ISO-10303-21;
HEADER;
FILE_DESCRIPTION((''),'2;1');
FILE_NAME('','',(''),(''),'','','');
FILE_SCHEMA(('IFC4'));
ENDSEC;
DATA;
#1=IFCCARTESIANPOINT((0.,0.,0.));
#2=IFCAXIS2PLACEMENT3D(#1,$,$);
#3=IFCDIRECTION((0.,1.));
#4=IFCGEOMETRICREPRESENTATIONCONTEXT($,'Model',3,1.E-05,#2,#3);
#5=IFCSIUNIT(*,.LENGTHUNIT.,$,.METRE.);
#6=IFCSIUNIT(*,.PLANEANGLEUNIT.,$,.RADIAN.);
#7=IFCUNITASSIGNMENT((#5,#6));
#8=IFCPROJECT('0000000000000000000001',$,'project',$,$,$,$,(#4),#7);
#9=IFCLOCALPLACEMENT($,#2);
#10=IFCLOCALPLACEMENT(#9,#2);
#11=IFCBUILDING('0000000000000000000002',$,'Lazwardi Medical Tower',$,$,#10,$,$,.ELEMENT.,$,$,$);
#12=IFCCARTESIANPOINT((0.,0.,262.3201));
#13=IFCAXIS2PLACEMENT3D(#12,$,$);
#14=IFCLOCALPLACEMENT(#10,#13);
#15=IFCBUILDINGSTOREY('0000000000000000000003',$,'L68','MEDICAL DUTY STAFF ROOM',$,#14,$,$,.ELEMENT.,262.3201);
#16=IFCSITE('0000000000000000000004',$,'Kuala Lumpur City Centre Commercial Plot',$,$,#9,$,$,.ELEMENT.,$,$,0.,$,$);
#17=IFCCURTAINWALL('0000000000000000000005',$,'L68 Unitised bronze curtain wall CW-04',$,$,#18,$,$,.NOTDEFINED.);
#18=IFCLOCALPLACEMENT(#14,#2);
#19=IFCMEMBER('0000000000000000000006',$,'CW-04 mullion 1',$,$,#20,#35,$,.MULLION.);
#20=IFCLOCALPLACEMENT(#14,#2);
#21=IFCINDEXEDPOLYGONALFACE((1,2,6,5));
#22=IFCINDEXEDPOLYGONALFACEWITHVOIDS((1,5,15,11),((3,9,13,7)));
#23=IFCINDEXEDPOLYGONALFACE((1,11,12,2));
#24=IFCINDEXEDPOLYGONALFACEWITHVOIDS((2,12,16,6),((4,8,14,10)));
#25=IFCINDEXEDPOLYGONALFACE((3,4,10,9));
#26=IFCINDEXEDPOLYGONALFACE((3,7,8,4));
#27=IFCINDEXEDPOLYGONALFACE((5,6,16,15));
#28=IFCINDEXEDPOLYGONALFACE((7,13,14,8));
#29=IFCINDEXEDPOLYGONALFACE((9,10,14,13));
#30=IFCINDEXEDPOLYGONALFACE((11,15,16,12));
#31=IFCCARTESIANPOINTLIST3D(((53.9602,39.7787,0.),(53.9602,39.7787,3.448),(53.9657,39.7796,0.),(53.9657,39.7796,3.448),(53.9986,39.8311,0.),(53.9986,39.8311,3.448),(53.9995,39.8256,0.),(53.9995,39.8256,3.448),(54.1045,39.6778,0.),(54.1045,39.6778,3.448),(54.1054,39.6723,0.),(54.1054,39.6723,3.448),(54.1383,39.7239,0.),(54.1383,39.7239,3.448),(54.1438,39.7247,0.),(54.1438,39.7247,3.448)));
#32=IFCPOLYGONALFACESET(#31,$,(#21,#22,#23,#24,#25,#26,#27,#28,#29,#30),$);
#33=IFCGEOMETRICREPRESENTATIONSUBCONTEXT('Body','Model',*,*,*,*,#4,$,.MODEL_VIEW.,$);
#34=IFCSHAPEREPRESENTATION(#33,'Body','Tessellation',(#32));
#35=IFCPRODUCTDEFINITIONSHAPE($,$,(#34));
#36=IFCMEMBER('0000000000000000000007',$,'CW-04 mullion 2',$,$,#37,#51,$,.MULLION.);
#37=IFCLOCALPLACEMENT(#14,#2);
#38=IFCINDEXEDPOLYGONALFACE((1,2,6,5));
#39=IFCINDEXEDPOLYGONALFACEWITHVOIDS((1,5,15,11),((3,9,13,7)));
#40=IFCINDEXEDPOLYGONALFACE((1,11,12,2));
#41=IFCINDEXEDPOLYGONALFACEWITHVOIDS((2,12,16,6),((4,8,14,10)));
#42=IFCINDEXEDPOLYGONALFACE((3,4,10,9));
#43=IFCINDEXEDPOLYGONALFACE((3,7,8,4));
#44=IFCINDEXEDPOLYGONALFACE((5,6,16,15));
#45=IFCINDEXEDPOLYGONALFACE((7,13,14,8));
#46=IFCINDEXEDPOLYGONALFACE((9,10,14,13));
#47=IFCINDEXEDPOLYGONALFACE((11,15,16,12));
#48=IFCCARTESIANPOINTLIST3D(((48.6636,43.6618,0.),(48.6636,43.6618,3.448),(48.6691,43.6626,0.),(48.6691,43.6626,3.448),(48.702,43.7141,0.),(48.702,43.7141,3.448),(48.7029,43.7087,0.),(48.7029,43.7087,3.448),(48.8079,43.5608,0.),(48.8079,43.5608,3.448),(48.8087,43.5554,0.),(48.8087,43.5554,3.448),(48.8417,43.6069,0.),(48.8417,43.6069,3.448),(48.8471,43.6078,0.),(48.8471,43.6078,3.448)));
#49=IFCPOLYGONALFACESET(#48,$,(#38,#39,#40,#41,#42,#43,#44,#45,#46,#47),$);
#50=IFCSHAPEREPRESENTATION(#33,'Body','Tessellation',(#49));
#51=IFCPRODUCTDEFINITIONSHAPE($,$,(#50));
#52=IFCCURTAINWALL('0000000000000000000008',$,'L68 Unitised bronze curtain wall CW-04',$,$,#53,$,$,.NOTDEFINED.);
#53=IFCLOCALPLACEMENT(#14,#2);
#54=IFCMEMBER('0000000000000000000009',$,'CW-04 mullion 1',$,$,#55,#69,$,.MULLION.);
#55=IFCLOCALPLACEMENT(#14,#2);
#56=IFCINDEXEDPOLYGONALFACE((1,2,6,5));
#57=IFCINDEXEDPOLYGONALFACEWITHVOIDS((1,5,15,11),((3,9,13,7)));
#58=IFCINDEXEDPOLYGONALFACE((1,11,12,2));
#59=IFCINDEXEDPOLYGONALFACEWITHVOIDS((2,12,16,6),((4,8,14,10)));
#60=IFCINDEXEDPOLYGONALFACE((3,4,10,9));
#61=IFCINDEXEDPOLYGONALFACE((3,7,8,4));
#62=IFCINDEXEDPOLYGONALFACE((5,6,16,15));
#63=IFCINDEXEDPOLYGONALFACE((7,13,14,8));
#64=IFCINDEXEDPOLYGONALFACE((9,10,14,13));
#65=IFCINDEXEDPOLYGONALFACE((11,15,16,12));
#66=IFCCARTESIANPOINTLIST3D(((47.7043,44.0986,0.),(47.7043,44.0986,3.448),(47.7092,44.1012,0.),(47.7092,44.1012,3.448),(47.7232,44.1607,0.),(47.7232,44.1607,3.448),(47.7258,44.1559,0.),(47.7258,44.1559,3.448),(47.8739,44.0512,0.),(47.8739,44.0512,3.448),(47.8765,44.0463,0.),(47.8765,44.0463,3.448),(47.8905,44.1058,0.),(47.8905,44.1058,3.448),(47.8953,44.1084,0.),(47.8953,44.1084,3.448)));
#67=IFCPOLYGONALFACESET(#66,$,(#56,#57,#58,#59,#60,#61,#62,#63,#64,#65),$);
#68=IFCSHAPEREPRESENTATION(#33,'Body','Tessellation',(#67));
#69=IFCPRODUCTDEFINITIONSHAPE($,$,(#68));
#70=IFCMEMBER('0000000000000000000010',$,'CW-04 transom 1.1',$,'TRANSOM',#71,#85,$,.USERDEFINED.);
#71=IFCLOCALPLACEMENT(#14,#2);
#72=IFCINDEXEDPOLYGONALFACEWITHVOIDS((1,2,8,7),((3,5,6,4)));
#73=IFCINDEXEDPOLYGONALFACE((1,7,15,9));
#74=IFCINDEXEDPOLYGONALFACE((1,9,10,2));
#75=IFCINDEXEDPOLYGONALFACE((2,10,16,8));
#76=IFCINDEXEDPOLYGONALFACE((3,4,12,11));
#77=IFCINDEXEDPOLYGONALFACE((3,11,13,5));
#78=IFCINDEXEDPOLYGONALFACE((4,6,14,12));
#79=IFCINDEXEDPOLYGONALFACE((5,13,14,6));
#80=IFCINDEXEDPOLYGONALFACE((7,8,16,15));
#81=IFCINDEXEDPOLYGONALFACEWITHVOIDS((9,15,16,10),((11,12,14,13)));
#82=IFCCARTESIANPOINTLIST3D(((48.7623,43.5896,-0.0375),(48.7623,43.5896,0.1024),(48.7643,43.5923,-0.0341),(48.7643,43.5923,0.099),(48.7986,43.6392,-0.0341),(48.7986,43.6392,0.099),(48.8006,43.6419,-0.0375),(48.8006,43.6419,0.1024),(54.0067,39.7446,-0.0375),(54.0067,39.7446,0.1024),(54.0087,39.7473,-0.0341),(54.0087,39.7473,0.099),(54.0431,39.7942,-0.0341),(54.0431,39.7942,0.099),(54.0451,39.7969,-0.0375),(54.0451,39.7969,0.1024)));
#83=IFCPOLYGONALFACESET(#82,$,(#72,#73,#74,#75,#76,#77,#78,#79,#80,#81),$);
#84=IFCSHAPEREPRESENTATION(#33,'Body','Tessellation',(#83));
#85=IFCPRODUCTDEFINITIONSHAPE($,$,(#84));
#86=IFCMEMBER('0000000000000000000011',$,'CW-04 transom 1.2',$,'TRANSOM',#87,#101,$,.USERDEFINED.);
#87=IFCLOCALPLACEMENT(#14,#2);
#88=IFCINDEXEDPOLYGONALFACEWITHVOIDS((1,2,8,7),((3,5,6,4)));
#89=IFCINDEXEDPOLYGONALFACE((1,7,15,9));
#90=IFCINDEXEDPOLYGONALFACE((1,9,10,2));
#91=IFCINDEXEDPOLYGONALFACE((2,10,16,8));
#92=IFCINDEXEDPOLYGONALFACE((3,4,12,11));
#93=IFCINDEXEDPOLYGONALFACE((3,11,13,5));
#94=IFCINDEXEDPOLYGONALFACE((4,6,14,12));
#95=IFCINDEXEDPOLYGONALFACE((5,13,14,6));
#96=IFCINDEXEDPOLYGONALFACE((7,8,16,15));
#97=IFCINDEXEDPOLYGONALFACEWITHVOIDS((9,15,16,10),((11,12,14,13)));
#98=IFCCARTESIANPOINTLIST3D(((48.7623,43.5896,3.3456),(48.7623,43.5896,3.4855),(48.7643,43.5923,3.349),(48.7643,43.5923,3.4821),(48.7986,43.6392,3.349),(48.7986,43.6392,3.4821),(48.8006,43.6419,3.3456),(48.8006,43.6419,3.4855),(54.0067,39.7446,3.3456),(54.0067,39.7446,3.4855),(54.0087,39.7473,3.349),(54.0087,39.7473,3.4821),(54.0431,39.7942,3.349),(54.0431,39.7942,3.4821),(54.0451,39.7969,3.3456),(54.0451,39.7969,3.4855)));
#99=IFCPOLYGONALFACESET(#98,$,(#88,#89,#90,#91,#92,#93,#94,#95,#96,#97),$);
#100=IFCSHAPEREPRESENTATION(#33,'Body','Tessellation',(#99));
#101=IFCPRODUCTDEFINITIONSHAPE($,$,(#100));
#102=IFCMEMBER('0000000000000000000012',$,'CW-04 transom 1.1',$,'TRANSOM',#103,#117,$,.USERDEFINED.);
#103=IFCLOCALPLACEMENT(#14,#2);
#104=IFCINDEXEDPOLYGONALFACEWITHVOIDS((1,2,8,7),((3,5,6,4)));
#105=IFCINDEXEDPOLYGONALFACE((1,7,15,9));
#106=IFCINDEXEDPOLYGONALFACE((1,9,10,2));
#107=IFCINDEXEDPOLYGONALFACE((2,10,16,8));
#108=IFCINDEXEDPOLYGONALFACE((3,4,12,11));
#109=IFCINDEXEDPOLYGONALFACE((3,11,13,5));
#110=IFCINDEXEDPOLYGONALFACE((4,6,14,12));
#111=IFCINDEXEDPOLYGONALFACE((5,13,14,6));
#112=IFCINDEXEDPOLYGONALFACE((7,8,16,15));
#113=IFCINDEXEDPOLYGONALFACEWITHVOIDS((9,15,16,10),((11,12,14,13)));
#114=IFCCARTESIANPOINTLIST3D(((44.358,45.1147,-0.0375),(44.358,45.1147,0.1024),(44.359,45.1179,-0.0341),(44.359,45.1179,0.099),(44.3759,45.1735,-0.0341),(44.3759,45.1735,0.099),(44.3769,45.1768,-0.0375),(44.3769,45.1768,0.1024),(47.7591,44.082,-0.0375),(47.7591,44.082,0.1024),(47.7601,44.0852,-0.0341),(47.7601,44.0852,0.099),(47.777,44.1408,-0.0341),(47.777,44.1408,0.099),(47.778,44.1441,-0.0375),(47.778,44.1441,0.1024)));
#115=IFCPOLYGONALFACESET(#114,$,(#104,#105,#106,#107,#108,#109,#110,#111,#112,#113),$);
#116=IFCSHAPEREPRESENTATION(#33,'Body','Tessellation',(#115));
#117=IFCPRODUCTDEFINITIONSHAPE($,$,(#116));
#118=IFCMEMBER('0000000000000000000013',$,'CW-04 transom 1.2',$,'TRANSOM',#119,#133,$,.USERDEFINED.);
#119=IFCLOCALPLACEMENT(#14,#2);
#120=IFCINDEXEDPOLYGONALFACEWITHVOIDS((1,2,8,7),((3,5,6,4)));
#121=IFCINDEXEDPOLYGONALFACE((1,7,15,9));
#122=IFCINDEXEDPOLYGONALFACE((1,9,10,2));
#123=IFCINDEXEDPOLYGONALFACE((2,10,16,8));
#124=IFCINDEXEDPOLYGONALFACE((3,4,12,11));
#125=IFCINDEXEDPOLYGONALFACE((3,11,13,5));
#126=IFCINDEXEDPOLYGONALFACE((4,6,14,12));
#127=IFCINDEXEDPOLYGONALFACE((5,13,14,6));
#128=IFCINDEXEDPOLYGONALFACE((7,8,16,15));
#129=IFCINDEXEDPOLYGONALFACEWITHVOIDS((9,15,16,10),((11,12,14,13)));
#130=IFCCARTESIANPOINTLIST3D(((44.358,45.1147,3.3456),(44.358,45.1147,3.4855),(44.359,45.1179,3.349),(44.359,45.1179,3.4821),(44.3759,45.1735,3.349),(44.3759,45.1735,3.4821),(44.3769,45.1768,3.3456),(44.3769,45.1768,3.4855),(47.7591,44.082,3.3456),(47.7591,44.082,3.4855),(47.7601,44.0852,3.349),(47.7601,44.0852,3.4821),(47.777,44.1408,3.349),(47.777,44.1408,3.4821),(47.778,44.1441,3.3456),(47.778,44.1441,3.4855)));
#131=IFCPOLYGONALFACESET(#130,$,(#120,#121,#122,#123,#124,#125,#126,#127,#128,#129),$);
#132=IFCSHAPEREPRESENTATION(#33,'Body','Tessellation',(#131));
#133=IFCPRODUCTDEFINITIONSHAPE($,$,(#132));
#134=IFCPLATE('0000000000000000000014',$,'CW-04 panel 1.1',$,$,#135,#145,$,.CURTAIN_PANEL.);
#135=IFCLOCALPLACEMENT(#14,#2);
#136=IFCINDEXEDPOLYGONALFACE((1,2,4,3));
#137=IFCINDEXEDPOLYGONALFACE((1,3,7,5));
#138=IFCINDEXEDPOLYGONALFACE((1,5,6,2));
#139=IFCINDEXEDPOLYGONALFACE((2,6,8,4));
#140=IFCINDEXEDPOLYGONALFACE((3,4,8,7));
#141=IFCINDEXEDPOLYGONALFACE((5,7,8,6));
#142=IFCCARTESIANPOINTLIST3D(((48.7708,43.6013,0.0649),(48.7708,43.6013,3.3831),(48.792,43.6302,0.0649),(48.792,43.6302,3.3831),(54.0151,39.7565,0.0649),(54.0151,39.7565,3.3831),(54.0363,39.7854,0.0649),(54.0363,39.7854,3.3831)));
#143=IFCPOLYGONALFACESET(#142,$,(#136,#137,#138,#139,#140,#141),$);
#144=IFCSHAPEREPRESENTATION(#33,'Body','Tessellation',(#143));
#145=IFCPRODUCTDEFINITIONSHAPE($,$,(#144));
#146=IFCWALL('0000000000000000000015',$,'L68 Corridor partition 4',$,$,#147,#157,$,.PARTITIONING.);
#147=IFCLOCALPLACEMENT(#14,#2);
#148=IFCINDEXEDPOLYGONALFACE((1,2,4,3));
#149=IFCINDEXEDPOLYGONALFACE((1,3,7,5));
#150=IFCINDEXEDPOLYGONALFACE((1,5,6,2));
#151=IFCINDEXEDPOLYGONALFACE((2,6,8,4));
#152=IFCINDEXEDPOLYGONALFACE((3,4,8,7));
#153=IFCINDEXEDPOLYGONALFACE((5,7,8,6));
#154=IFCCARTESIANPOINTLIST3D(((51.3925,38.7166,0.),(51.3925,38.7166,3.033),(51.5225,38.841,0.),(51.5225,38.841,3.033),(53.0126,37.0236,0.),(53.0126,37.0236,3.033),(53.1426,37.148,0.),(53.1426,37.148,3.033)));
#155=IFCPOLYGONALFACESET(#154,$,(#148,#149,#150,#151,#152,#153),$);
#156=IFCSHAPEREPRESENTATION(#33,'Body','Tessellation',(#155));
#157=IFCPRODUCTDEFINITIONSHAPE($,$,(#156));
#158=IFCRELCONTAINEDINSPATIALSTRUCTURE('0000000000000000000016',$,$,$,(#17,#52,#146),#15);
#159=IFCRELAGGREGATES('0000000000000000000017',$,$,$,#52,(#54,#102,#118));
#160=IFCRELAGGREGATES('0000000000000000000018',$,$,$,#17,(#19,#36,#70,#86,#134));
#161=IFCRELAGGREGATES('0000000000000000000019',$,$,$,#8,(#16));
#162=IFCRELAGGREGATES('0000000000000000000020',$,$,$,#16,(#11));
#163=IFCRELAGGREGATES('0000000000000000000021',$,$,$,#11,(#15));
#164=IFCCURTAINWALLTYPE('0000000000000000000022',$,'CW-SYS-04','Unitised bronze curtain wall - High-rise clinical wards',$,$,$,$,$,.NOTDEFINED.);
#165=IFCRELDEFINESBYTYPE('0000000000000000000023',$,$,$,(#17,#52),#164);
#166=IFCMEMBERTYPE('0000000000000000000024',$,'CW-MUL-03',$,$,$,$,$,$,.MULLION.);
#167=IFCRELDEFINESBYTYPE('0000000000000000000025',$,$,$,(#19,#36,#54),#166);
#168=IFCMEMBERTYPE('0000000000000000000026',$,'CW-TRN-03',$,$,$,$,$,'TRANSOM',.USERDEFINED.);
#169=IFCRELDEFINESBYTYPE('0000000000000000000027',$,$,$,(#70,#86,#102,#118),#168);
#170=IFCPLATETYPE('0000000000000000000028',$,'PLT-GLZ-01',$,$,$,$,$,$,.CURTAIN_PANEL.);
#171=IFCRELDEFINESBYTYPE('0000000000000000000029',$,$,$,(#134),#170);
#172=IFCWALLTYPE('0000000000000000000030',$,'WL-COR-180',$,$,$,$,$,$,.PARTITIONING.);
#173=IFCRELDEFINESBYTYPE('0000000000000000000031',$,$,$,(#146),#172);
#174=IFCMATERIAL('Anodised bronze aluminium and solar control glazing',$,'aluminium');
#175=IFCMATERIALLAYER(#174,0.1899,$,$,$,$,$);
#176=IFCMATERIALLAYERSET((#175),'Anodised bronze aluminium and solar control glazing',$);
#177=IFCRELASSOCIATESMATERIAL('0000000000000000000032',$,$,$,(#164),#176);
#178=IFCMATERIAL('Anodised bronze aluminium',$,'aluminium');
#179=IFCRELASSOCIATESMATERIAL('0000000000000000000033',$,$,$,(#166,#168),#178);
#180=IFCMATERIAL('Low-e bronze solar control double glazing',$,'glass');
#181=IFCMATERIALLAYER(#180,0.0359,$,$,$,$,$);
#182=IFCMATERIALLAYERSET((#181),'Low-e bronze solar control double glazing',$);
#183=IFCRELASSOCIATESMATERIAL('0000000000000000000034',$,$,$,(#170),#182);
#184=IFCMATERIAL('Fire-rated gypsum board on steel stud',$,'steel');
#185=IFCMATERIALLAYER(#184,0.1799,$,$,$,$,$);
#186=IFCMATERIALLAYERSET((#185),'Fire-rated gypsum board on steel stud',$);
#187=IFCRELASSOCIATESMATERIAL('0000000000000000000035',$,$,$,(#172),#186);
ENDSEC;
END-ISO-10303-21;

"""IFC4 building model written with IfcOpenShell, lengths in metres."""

from ifc_helpers import new_model, si_unit, direction, frame, frame_2d, origin, origin_2d, place, context, subcontext, project, spatial, rectangle, hollow_rectangle, extrude, material, layer, layer_set, material_profile, profile_set, type_object, element, aggregate, save


model = new_model("IFC4")

# Units and contexts
model_context = context("Model", 3, precision=1e-05, world=origin(), true_north=direction((0.0, 1.0)))
body_context = subcontext(model_context, "Body", "Model", "MODEL_VIEW")
ifc_project = project(units=[si_unit("LENGTHUNIT", "METRE"), si_unit("PLANEANGLEUNIT", "RADIAN")], contexts=[model_context])

# Site, building, storey
site_placement = place(None, origin())
site = spatial("IfcSite", under=ifc_project, at=site_placement, Name="Kuala Lumpur City Centre Commercial Plot", CompositionType="ELEMENT", RefElevation=0.0)
building_placement = place(site_placement, origin())
building = spatial("IfcBuilding", under=site, at=building_placement, Name="Lazwardi Medical Tower", CompositionType="ELEMENT")
storey_placement = place(building_placement, frame((0.0, 0.0, 262.3201)))
storey = spatial("IfcBuildingStorey", under=building, at=storey_placement, Name="L68", Description="MEDICAL DUTY STAFF ROOM", CompositionType="ELEMENT", Elevation=262.3201)

# Shared definitions
ifc_material_1 = material(Name="Anodised bronze aluminium and solar control glazing", Category="aluminium")
ifc_layer_1 = layer(ifc_material_1, 0.1899)
ifc_layer_set_1 = layer_set([ifc_layer_1], Name="Anodised bronze aluminium and solar control glazing")
curtain_wall_type = type_object("IfcCurtainWallType", Name="CW-SYS-04", Description="Unitised bronze curtain wall - High-rise clinical wards", PredefinedType="NOTDEFINED", material=ifc_layer_set_1)
ifc_material_2 = material(Name="Anodised bronze aluminium", Category="aluminium")
ifc_material_profile_1 = material_profile(ifc_material_2, hollow_rectangle(XDim=0.0649, YDim=0.1799, WallThickness=0.0039, at=origin_2d()), Name="ALU-MULLION 180x65x4")
ifc_profile_set_1 = profile_set([ifc_material_profile_1], Name="Anodised bronze aluminium")
member_type_1 = type_object("IfcMemberType", Name="CW-MUL-03", PredefinedType="MULLION", material=ifc_profile_set_1)

# Curtain wall, members
curtain_wall_1_placement = place(storey_placement, origin())
curtain_wall_1 = element("IfcCurtainWall", 1, at=curtain_wall_1_placement, inside=storey, type_object=curtain_wall_type, Name="L68 Unitised bronze curtain wall CW-04", PredefinedType="NOTDEFINED")
member_1_placement = place(storey_placement, frame((54.052, 39.7517, 0.0), z_axis=(0.0, 0.0, 1.0), x_axis=(-0.591268, -0.806475, 0.0)))
member_1 = element("IfcMember", 2, at=member_1_placement, type_object=member_type_1, Name="CW-04 mullion 1", PredefinedType="MULLION", context=body_context, shape_type="SweptSolid", body=[
    extrude(hollow_rectangle(XDim=0.0649, YDim=0.1799, WallThickness=0.0039, at=origin_2d()), origin(), (0.0, 0.0, 1.0), 3.448),
])
member_2_placement = place(storey_placement, frame((48.7554, 43.6348, 0.0), z_axis=(0.0, 0.0, 1.0), x_axis=(-0.591268, -0.806475, 0.0)))
member_2 = element("IfcMember", 3, at=member_2_placement, type_object=member_type_1, Name="CW-04 mullion 2", PredefinedType="MULLION", context=body_context, shape_type="SweptSolid", body=[
    extrude(hollow_rectangle(XDim=0.0649, YDim=0.1799, WallThickness=0.0039, at=origin_2d()), origin(), (0.0, 0.0, 1.0), 3.448),
])

# Curtain wall, member
curtain_wall_2_placement = place(storey_placement, origin())
curtain_wall_2 = element("IfcCurtainWall", 4, at=curtain_wall_2_placement, inside=storey, type_object=curtain_wall_type, Name="L68 Unitised bronze curtain wall CW-04", PredefinedType="NOTDEFINED")
member_3_placement = place(storey_placement, frame((47.7998, 44.1035, 0.0), z_axis=(0.0, 0.0, 1.0), x_axis=(-0.290582, -0.95685, 0.0)))
member_3 = element("IfcMember", 5, at=member_3_placement, type_object=member_type_1, Name="CW-04 mullion 1", PredefinedType="MULLION", context=body_context, shape_type="SweptSolid", body=[
    extrude(hollow_rectangle(XDim=0.0649, YDim=0.1799, WallThickness=0.0039, at=origin_2d()), origin(), (0.0, 0.0, 1.0), 3.448),
])

# Members
ifc_material_profile_2 = material_profile(ifc_material_2, hollow_rectangle(XDim=0.0649, YDim=0.1399, WallThickness=0.0034, at=origin_2d()), Name="ALU-TRANSOM 140x65x3.5")
ifc_profile_set_2 = profile_set([ifc_material_profile_2], Name="Anodised bronze aluminium")
member_type_2 = type_object("IfcMemberType", Name="CW-TRN-03", ElementType="TRANSOM", PredefinedType="USERDEFINED", material=ifc_profile_set_2)
member_4_placement = place(storey_placement, frame((54.0259, 39.7708, 0.0325), z_axis=(-0.806472, 0.591273, 0.0), x_axis=(-0.591273, -0.806472, 0.0)))
member_4 = element("IfcMember", 6, at=member_4_placement, type_object=member_type_2, Name="CW-04 transom 1.1", ObjectType="TRANSOM", PredefinedType="USERDEFINED", context=body_context, shape_type="SweptSolid", body=[
    extrude(hollow_rectangle(XDim=0.0649, YDim=0.1399, WallThickness=0.0034, at=origin_2d()), origin(), (0.0, 0.0, 1.0), 6.5029),
])
member_5_placement = place(storey_placement, frame((54.0259, 39.7708, 3.4155), z_axis=(-0.806472, 0.591273, 0.0), x_axis=(-0.591273, -0.806472, 0.0)))
member_5 = element("IfcMember", 7, at=member_5_placement, type_object=member_type_2, Name="CW-04 transom 1.2", ObjectType="TRANSOM", PredefinedType="USERDEFINED", context=body_context, shape_type="SweptSolid", body=[
    extrude(hollow_rectangle(XDim=0.0649, YDim=0.1399, WallThickness=0.0034, at=origin_2d()), origin(), (0.0, 0.0, 1.0), 6.5029),
])
member_6_placement = place(storey_placement, frame((47.7686, 44.113, 0.0325), z_axis=(-0.956863, 0.290541, 0.0), x_axis=(-0.290541, -0.956863, 0.0)))
member_6 = element("IfcMember", 8, at=member_6_placement, type_object=member_type_2, Name="CW-04 transom 1.1", ObjectType="TRANSOM", PredefinedType="USERDEFINED", context=body_context, shape_type="SweptSolid", body=[
    extrude(hollow_rectangle(XDim=0.0649, YDim=0.1399, WallThickness=0.0034, at=origin_2d()), origin(), (0.0, 0.0, 1.0), 3.5544),
])
member_7_placement = place(storey_placement, frame((47.7686, 44.113, 3.4155), z_axis=(-0.956863, 0.290541, 0.0), x_axis=(-0.290541, -0.956863, 0.0)))
member_7 = element("IfcMember", 9, at=member_7_placement, type_object=member_type_2, Name="CW-04 transom 1.2", ObjectType="TRANSOM", PredefinedType="USERDEFINED", context=body_context, shape_type="SweptSolid", body=[
    extrude(hollow_rectangle(XDim=0.0649, YDim=0.1399, WallThickness=0.0034, at=origin_2d()), origin(), (0.0, 0.0, 1.0), 3.5544),
])
aggregate(curtain_wall_2, [member_3, member_6, member_7])

# Plate
ifc_material_3 = material(Name="Low-e bronze solar control double glazing", Category="glass")
ifc_layer_2 = layer(ifc_material_3, 0.0359)
ifc_layer_set_2 = layer_set([ifc_layer_2], Name="Low-e bronze solar control double glazing")
plate_type = type_object("IfcPlateType", Name="PLT-GLZ-01", PredefinedType="CURTAIN_PANEL", material=ifc_layer_set_2)
plate_placement = place(storey_placement, frame((51.4036, 41.6934, 0.0649), z_axis=(0.0, 0.0, 1.0), x_axis=(-0.806475, 0.591268, 0.0)))
plate = element("IfcPlate", 10, at=plate_placement, type_object=plate_type, Name="CW-04 panel 1.1", PredefinedType="CURTAIN_PANEL", context=body_context, shape_type="SweptSolid", body=[
    extrude(rectangle(XDim=6.5027, YDim=0.0359, at=origin_2d()), origin(), (0.0, 0.0, 1.0), 3.3181),
])
aggregate(curtain_wall_1, [member_1, member_2, member_4, member_5, plate])

# Wall
ifc_material_4 = material(Name="Fire-rated gypsum board on steel stud", Category="steel")
ifc_layer_3 = layer(ifc_material_4, 0.1799)
ifc_layer_set_3 = layer_set([ifc_layer_3], Name="Fire-rated gypsum board on steel stud")
wall_type = type_object("IfcWallType", Name="WL-COR-180", PredefinedType="PARTITIONING", material=ifc_layer_set_3)
wall_1_placement = place(storey_placement, frame((51.4575, 38.7788, 0.0), z_axis=(0.0, 0.0, 1.0), x_axis=(0.69136, -0.722511, 0.0)))
element("IfcWall", 11, at=wall_1_placement, inside=storey, type_object=wall_type, Name="L68 Corridor partition 4", PredefinedType="PARTITIONING", context=body_context, shape_type="SweptSolid", body=[
    extrude(rectangle(XDim=2.3433, YDim=0.1799, at=frame_2d((1.1716, 0.0))), origin(), (0.0, 0.0, 1.0), 3.033),
])

save(model, "model.ifc")
